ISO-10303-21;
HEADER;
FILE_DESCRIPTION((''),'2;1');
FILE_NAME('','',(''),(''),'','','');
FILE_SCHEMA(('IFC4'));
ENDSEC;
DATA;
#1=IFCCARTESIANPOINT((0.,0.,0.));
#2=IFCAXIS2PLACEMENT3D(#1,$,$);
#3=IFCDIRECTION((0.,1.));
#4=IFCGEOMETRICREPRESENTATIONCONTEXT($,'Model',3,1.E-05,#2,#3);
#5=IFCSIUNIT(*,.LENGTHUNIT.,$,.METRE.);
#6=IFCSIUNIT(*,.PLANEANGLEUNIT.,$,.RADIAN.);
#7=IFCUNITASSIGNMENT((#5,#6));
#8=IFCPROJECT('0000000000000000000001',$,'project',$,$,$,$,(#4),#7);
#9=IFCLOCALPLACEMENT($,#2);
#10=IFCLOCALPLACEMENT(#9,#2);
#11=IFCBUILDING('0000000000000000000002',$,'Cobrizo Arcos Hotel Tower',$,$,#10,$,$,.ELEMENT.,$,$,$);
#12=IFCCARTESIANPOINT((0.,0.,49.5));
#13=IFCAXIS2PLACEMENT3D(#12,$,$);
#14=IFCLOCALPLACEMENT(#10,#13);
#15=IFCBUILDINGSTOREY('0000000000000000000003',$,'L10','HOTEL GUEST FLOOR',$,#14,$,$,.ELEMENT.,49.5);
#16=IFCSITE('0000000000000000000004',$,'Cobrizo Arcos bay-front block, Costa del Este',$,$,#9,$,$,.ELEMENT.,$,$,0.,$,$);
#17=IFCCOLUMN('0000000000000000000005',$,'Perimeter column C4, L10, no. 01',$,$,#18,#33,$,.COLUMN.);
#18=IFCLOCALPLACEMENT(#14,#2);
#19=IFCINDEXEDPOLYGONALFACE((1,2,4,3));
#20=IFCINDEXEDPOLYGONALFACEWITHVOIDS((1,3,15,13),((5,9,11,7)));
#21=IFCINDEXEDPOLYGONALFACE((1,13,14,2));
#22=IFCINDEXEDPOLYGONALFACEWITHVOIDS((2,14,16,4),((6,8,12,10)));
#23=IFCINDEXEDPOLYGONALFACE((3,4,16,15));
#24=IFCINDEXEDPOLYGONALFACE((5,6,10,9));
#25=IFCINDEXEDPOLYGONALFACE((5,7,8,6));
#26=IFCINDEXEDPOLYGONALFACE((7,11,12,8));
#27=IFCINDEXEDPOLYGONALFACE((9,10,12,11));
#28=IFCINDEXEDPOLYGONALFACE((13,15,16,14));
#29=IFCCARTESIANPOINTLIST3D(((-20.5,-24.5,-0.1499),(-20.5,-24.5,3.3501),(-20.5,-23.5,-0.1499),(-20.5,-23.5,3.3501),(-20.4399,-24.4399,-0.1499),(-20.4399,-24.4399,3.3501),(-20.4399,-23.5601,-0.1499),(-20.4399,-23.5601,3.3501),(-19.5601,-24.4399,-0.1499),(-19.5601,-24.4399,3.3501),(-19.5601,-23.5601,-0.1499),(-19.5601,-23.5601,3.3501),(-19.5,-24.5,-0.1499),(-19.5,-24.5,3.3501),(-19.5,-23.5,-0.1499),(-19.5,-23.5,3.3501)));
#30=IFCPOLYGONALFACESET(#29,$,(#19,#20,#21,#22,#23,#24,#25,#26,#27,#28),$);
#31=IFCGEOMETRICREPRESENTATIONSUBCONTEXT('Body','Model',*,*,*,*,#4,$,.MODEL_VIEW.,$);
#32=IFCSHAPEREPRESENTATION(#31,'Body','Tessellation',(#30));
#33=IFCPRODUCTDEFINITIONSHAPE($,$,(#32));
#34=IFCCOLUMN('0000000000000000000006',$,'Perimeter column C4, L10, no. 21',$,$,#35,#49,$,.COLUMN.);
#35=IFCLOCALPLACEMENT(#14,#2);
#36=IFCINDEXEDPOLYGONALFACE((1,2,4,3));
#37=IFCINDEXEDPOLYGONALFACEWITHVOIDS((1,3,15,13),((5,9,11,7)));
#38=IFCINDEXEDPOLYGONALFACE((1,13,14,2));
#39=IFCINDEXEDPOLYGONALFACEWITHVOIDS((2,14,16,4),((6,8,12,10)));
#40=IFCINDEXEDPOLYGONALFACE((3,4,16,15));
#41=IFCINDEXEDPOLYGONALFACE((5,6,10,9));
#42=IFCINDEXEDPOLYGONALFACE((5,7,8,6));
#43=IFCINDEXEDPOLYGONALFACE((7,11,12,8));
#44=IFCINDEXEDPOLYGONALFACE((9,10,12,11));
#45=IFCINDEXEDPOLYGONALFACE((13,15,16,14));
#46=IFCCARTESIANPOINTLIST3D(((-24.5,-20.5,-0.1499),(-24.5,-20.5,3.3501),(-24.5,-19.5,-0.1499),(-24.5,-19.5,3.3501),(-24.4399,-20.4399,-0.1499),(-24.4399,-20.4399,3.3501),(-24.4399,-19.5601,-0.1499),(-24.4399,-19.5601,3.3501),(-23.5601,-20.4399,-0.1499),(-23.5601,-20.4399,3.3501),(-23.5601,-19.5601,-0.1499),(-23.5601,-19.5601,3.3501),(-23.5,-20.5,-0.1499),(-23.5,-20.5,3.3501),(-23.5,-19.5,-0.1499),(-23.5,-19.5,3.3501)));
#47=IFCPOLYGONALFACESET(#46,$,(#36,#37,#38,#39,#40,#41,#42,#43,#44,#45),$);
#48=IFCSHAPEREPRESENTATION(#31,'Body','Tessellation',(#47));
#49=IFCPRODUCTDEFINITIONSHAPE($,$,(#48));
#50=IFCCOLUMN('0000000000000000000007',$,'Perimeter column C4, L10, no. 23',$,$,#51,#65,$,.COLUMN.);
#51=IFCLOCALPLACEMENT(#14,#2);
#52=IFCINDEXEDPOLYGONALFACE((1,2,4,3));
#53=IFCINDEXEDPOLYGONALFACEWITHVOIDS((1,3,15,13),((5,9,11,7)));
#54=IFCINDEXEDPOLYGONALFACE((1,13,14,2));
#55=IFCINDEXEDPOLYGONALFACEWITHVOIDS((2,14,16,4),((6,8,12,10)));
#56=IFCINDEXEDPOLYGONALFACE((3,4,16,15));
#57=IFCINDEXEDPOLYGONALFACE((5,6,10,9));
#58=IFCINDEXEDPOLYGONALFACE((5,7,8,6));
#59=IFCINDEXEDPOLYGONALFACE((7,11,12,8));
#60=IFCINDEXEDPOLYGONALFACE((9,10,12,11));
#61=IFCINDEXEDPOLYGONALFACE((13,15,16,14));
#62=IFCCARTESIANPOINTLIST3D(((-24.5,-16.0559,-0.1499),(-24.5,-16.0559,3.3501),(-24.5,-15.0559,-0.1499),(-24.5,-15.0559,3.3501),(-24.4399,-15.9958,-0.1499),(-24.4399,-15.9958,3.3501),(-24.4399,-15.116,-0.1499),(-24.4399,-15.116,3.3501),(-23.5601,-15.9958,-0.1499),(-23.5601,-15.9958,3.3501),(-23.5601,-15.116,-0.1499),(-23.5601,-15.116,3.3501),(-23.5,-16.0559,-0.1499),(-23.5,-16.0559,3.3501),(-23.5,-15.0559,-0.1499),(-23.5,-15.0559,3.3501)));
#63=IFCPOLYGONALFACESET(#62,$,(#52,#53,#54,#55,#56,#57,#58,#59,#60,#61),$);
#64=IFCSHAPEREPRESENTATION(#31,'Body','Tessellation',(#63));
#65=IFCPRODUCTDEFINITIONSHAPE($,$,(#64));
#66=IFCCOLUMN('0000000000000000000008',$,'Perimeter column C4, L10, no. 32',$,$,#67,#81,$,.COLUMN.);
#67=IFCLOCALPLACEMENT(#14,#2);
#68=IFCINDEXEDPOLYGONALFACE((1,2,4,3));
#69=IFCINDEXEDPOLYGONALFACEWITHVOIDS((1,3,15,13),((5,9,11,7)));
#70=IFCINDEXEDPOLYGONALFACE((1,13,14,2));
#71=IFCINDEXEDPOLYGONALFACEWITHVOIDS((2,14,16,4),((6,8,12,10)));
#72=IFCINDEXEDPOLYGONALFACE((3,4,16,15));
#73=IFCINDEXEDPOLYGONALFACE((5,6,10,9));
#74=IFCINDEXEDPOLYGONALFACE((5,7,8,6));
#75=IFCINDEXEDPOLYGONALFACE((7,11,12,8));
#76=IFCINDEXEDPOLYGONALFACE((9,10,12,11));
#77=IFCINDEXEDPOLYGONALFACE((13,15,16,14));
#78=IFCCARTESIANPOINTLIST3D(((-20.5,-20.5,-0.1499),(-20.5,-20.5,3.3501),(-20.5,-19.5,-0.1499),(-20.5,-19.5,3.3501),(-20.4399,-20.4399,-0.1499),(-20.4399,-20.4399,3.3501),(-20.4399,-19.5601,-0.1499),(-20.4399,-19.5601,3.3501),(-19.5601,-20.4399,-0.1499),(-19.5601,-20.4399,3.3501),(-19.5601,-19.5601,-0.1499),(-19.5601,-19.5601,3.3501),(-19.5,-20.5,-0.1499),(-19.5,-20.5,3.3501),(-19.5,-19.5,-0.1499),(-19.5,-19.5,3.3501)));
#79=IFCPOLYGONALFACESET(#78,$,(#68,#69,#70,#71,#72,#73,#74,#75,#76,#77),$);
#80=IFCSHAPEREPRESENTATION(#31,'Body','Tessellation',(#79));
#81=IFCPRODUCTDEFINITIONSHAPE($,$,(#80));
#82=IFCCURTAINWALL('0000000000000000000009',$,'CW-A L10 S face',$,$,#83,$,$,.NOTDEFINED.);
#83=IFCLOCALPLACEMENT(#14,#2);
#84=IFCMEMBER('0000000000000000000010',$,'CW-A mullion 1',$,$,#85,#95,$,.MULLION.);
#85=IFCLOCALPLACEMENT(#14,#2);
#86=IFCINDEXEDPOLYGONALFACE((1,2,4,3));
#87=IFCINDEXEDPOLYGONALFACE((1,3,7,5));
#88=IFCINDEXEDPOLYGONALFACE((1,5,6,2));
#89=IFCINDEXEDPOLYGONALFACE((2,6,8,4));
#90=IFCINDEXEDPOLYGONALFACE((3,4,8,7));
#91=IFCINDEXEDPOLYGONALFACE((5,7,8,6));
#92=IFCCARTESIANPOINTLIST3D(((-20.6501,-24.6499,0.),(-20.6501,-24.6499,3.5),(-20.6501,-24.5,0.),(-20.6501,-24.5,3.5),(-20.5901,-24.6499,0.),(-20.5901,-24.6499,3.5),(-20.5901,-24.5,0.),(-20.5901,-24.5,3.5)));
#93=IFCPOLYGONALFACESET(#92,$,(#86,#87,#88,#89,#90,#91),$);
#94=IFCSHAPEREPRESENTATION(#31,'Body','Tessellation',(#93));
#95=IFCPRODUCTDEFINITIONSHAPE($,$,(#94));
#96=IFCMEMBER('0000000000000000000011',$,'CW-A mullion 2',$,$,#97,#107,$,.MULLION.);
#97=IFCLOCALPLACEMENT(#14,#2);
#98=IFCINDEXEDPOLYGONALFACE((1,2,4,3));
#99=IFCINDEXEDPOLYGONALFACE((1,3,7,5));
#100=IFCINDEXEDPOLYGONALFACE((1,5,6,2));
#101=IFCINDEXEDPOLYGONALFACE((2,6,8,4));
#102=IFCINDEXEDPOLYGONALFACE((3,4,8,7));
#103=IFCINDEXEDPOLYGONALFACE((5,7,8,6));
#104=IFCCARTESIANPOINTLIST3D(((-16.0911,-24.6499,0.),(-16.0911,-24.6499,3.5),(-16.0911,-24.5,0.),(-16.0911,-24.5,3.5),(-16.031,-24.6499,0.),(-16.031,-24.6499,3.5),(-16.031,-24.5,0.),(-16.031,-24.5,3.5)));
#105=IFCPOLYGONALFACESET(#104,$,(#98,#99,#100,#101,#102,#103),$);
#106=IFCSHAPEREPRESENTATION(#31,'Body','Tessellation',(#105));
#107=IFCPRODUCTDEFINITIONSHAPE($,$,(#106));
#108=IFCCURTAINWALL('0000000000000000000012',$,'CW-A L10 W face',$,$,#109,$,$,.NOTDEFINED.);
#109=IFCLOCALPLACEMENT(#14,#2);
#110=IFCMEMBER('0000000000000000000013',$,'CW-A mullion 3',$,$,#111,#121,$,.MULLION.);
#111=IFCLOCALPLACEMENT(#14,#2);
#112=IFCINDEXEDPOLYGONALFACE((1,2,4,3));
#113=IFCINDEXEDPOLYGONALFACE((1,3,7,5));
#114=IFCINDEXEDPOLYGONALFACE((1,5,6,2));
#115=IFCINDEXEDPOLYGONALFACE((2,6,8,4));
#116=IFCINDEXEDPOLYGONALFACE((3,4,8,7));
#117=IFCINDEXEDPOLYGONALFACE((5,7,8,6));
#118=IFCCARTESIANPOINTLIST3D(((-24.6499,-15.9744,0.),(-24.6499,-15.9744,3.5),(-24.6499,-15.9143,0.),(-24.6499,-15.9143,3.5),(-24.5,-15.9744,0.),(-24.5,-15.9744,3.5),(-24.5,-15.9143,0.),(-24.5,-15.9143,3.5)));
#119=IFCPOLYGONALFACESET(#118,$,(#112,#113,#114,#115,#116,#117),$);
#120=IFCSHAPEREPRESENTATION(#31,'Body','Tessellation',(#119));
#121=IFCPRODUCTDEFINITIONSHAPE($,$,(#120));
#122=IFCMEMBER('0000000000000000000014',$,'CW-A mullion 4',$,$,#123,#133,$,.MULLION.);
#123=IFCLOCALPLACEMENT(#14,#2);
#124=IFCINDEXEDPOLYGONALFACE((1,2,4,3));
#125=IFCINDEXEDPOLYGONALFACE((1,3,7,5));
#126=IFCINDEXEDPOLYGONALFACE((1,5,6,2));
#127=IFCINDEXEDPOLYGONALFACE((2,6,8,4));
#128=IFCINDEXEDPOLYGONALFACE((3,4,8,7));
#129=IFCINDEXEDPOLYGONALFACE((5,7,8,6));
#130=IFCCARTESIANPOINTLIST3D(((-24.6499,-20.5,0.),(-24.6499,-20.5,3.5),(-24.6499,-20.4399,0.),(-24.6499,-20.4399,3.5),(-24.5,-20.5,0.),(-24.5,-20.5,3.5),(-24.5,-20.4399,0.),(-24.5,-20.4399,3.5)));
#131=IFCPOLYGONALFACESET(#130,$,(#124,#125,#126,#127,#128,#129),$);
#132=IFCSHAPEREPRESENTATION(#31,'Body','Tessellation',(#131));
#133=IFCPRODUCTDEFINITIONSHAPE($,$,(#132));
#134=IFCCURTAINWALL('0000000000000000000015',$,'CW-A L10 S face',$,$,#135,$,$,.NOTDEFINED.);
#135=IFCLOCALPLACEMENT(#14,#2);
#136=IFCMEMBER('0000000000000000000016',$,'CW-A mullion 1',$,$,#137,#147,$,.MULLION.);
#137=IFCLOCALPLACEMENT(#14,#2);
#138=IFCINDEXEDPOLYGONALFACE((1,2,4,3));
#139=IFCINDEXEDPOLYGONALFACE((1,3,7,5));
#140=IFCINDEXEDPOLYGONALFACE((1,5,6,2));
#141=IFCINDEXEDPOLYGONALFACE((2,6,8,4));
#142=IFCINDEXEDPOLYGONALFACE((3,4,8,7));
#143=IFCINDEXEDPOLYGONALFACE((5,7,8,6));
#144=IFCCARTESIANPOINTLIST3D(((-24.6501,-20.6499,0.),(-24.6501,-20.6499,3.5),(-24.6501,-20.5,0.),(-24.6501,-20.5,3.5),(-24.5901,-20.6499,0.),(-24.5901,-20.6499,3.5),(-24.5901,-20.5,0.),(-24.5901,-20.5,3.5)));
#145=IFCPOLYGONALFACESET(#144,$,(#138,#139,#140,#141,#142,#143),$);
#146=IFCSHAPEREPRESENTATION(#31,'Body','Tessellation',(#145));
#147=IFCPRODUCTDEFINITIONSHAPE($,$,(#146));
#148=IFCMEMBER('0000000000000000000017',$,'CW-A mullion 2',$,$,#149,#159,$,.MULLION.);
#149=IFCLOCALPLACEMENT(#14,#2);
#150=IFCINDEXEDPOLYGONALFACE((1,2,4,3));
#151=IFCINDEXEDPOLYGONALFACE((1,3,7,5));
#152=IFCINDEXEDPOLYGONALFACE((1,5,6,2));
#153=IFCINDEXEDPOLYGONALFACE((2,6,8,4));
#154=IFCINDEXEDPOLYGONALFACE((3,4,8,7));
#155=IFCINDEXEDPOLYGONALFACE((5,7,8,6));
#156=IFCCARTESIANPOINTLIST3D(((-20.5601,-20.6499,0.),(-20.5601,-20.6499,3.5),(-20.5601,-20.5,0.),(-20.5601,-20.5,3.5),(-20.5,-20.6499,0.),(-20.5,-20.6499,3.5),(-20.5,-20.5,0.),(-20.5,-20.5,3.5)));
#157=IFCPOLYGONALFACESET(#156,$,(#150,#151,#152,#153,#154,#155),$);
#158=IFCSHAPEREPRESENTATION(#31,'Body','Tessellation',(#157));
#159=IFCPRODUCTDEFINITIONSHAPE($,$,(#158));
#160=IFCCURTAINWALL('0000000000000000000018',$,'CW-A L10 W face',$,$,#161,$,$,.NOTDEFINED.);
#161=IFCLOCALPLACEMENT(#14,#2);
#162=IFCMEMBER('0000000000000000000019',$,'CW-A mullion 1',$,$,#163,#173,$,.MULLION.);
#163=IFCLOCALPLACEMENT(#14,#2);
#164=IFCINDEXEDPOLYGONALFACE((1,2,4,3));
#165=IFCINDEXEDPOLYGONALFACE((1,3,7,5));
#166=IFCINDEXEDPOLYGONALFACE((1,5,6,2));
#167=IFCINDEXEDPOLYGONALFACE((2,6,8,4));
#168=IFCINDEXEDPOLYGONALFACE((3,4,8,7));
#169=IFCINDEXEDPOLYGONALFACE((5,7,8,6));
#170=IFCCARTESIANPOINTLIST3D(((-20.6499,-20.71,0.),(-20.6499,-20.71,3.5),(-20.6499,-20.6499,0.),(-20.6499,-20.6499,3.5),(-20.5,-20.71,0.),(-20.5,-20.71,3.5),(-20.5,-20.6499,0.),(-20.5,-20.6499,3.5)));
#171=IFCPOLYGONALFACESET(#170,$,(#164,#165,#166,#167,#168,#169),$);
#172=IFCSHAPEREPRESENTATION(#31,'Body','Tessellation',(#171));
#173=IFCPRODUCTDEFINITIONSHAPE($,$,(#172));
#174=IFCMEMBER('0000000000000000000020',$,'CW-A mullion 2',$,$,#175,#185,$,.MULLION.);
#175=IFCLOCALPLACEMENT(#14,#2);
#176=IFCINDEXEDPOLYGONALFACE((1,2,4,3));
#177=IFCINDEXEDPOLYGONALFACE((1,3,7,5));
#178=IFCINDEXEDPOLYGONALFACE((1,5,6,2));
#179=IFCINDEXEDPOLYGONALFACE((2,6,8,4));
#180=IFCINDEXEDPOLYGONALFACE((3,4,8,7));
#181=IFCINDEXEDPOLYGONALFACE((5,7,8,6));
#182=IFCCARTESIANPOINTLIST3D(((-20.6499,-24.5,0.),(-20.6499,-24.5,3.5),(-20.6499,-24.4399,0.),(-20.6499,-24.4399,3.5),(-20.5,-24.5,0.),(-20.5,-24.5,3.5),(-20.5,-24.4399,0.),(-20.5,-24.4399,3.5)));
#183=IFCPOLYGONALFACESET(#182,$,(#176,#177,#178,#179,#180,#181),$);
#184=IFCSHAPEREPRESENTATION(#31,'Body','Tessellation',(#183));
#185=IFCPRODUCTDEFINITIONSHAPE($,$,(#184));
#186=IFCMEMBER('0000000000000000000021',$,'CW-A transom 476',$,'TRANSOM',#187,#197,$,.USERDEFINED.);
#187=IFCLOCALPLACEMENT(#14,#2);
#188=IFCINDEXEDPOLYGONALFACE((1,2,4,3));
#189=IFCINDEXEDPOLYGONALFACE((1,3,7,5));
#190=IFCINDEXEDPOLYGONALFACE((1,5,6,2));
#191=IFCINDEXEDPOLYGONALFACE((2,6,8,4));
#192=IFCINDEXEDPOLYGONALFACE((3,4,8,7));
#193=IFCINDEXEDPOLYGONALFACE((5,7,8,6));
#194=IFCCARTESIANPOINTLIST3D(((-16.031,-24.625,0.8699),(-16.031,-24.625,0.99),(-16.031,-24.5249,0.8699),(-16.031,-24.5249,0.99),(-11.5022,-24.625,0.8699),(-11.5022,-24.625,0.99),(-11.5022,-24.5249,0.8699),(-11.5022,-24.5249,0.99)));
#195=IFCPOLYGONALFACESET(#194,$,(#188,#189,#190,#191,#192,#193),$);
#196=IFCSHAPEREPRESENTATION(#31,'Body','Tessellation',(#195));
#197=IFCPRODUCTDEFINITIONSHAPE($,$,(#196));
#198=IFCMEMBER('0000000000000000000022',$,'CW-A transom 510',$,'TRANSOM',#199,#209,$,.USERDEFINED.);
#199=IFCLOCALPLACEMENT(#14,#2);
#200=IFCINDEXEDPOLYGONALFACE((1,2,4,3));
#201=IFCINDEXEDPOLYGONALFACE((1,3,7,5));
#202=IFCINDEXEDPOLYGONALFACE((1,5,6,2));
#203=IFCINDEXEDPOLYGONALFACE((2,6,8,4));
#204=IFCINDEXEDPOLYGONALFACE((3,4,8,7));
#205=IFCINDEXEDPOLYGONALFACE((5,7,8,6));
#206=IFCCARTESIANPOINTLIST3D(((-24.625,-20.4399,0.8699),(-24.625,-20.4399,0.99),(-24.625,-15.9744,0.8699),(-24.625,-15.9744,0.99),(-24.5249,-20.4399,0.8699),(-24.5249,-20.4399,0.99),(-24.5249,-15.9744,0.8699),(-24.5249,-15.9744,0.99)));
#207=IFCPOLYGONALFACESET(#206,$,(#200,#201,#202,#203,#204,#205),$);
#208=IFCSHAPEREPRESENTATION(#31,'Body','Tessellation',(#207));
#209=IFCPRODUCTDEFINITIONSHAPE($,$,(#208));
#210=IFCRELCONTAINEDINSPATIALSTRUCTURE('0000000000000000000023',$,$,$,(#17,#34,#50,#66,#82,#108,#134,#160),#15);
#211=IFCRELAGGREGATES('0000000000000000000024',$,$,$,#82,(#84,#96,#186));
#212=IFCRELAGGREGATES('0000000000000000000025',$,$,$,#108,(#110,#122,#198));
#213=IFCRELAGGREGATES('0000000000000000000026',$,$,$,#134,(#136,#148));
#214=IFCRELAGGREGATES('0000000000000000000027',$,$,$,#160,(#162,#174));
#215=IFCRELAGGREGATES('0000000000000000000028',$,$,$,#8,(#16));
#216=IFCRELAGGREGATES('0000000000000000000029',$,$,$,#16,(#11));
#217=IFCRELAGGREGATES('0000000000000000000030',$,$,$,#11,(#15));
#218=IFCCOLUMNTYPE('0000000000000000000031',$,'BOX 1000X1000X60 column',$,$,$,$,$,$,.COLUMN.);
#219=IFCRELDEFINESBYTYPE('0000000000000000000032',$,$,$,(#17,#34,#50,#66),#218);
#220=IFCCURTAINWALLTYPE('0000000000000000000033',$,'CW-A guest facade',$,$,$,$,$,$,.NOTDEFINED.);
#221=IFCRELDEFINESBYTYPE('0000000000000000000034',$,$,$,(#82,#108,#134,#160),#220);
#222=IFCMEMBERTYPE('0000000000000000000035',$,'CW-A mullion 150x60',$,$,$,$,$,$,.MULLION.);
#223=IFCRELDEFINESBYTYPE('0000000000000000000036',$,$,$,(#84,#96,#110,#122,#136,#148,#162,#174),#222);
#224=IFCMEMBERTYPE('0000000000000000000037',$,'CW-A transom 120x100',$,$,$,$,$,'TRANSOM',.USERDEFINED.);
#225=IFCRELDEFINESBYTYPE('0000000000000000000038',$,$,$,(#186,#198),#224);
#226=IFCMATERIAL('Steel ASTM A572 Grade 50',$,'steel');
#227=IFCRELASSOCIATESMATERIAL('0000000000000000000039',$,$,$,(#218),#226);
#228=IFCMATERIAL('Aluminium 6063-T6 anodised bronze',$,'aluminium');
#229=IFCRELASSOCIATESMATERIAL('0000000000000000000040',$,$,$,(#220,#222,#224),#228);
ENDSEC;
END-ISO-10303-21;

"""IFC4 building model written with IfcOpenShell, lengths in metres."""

from ifc_helpers import new_model, si_unit, direction, frame, origin, origin_2d, place, context, subcontext, project, spatial, rectangle, hollow_rectangle, extrude, material, material_profile, profile_set, type_object, element, aggregate, save


model = new_model("IFC4")

# Units and contexts
model_context = context("Model", 3, precision=1e-05, world=origin(), true_north=direction((0.0, 1.0)))
body_context = subcontext(model_context, "Body", "Model", "MODEL_VIEW")
ifc_project = project(units=[si_unit("LENGTHUNIT", "METRE"), si_unit("PLANEANGLEUNIT", "RADIAN")], contexts=[model_context])

# Site, building, storey
site_placement = place(None, origin())
site = spatial("IfcSite", under=ifc_project, at=site_placement, Name="Cobrizo Arcos bay-front block, Costa del Este", CompositionType="ELEMENT", RefElevation=0.0)
building_placement = place(site_placement, origin())
building = spatial("IfcBuilding", under=site, at=building_placement, Name="Cobrizo Arcos Hotel Tower", CompositionType="ELEMENT")
storey_placement = place(building_placement, frame((0.0, 0.0, 49.5)))
storey = spatial("IfcBuildingStorey", under=building, at=storey_placement, Name="L10", Description="HOTEL GUEST FLOOR", CompositionType="ELEMENT", Elevation=49.5)

# Columns
ifc_material_1 = material(Name="Steel ASTM A572 Grade 50", Category="steel")
ifc_material_profile_1 = material_profile(ifc_material_1, hollow_rectangle(XDim=1.0, YDim=1.0, WallThickness=0.0601, at=origin_2d()), Name="BOX 1000X1000X60")
ifc_profile_set_1 = profile_set([ifc_material_profile_1], Name="Steel ASTM A572 Grade 50")
column_type = type_object("IfcColumnType", Name="BOX 1000X1000X60 column", PredefinedType="COLUMN", material=ifc_profile_set_1)
for number, where, z_axis, x_axis, name in (
    (1, (-20.0, -24.0, -0.1499), (0.0, 0.0, 1.0), (1.0, 0.0, 0.0), "Perimeter column C4, L10, no. 01"),
    (2, (-24.0, -20.0, -0.1499), (0.0, 0.0, 1.0), (1.0, 0.0, 0.0), "Perimeter column C4, L10, no. 21"),
    (3, (-24.0, -15.5559, -0.1499), (0.0, 0.0, 1.0), (1.0, 0.0, 0.0), "Perimeter column C4, L10, no. 23"),
    (4, (-20.0, -20.0, -0.1499), (0.0, 0.0, 1.0), (1.0, 0.0, 0.0), "Perimeter column C4, L10, no. 32"),
):
    element("IfcColumn", number, at=place(storey_placement, frame(where, z_axis=z_axis, x_axis=x_axis)), inside=storey, type_object=column_type, Name=name, PredefinedType="COLUMN", context=body_context, shape_type="SweptSolid", body=[
        extrude(hollow_rectangle(XDim=1.0, YDim=1.0, WallThickness=0.0601, at=origin_2d()), origin(), (0.0, 0.0, 1.0), 3.5),
    ])

# Curtain walls, members
ifc_material_2 = material(Name="Aluminium 6063-T6 anodised bronze", Category="aluminium")
curtain_wall_type = type_object("IfcCurtainWallType", Name="CW-A guest facade", PredefinedType="NOTDEFINED", material=ifc_material_2)
curtain_wall_1_placement = place(storey_placement, origin())
curtain_wall_1 = element("IfcCurtainWall", 5, at=curtain_wall_1_placement, inside=storey, type_object=curtain_wall_type, Name="CW-A L10 S face", PredefinedType="NOTDEFINED")
ifc_material_profile_2 = material_profile(ifc_material_2, rectangle(XDim=0.1499, YDim=0.0601, at=origin_2d()), Name="CW-A mullion 150x60")
ifc_profile_set_2 = profile_set([ifc_material_profile_2], Name="Aluminium 6063-T6 anodised bronze")
member_type_1 = type_object("IfcMemberType", Name="CW-A mullion 150x60", PredefinedType="MULLION", material=ifc_profile_set_2)
member_1_placement = place(storey_placement, frame((-20.6201, -24.575, 0.0), z_axis=(0.0, 0.0, 1.0), x_axis=(0.0, -1.0, 0.0)))
member_1 = element("IfcMember", 6, at=member_1_placement, type_object=member_type_1, Name="CW-A mullion 1", PredefinedType="MULLION", context=body_context, shape_type="SweptSolid", body=[
    extrude(rectangle(XDim=0.1499, YDim=0.0601, at=origin_2d()), origin(), (0.0, 0.0, 1.0), 3.5),
])
member_2_placement = place(storey_placement, frame((-16.061, -24.575, 0.0), z_axis=(0.0, 0.0, 1.0), x_axis=(0.0, -1.0, 0.0)))
member_2 = element("IfcMember", 7, at=member_2_placement, type_object=member_type_1, Name="CW-A mullion 2", PredefinedType="MULLION", context=body_context, shape_type="SweptSolid", body=[
    extrude(rectangle(XDim=0.1499, YDim=0.0601, at=origin_2d()), origin(), (0.0, 0.0, 1.0), 3.5),
])
curtain_wall_2_placement = place(storey_placement, origin())
curtain_wall_2 = element("IfcCurtainWall", 8, at=curtain_wall_2_placement, inside=storey, type_object=curtain_wall_type, Name="CW-A L10 W face", PredefinedType="NOTDEFINED")
member_3_placement = place(storey_placement, frame((-24.575, -15.9443, 0.0), z_axis=(0.0, 0.0, 1.0), x_axis=(-1.0, 0.0, 0.0)))
member_3 = element("IfcMember", 9, at=member_3_placement, type_object=member_type_1, Name="CW-A mullion 3", PredefinedType="MULLION", context=body_context, shape_type="SweptSolid", body=[
    extrude(rectangle(XDim=0.1499, YDim=0.0601, at=origin_2d()), origin(), (0.0, 0.0, 1.0), 3.5),
])
member_4_placement = place(storey_placement, frame((-24.575, -20.47, 0.0), z_axis=(0.0, 0.0, 1.0), x_axis=(-1.0, 0.0, 0.0)))
member_4 = element("IfcMember", 10, at=member_4_placement, type_object=member_type_1, Name="CW-A mullion 4", PredefinedType="MULLION", context=body_context, shape_type="SweptSolid", body=[
    extrude(rectangle(XDim=0.1499, YDim=0.0601, at=origin_2d()), origin(), (0.0, 0.0, 1.0), 3.5),
])
curtain_wall_3_placement = place(storey_placement, origin())
curtain_wall_3 = element("IfcCurtainWall", 11, at=curtain_wall_3_placement, inside=storey, type_object=curtain_wall_type, Name="CW-A L10 S face", PredefinedType="NOTDEFINED")
member_5_placement = place(storey_placement, frame((-24.6201, -20.575, 0.0), z_axis=(0.0, 0.0, 1.0), x_axis=(0.0, -1.0, 0.0)))
member_5 = element("IfcMember", 12, at=member_5_placement, type_object=member_type_1, Name="CW-A mullion 1", PredefinedType="MULLION", context=body_context, shape_type="SweptSolid", body=[
    extrude(rectangle(XDim=0.1499, YDim=0.0601, at=origin_2d()), origin(), (0.0, 0.0, 1.0), 3.5),
])
member_6_placement = place(storey_placement, frame((-20.53, -20.575, 0.0), z_axis=(0.0, 0.0, 1.0), x_axis=(0.0, -1.0, 0.0)))
member_6 = element("IfcMember", 13, at=member_6_placement, type_object=member_type_1, Name="CW-A mullion 2", PredefinedType="MULLION", context=body_context, shape_type="SweptSolid", body=[
    extrude(rectangle(XDim=0.1499, YDim=0.0601, at=origin_2d()), origin(), (0.0, 0.0, 1.0), 3.5),
])
curtain_wall_4_placement = place(storey_placement, origin())
curtain_wall_4 = element("IfcCurtainWall", 14, at=curtain_wall_4_placement, inside=storey, type_object=curtain_wall_type, Name="CW-A L10 W face", PredefinedType="NOTDEFINED")
member_7_placement = place(storey_placement, frame((-20.575, -20.6799, 0.0), z_axis=(0.0, 0.0, 1.0), x_axis=(-1.0, 0.0, 0.0)))
member_7 = element("IfcMember", 15, at=member_7_placement, type_object=member_type_1, Name="CW-A mullion 1", PredefinedType="MULLION", context=body_context, shape_type="SweptSolid", body=[
    extrude(rectangle(XDim=0.1499, YDim=0.0601, at=origin_2d()), origin(), (0.0, 0.0, 1.0), 3.5),
])
member_8_placement = place(storey_placement, frame((-20.575, -24.47, 0.0), z_axis=(0.0, 0.0, 1.0), x_axis=(-1.0, 0.0, 0.0)))
member_8 = element("IfcMember", 16, at=member_8_placement, type_object=member_type_1, Name="CW-A mullion 2", PredefinedType="MULLION", context=body_context, shape_type="SweptSolid", body=[
    extrude(rectangle(XDim=0.1499, YDim=0.0601, at=origin_2d()), origin(), (0.0, 0.0, 1.0), 3.5),
])

# Members
ifc_material_profile_3 = material_profile(ifc_material_2, rectangle(XDim=0.1001, YDim=0.1201, at=origin_2d()), Name="CW-A transom 120x100")
ifc_profile_set_3 = profile_set([ifc_material_profile_3], Name="Aluminium 6063-T6 anodised bronze")
member_type_2 = type_object("IfcMemberType", Name="CW-A transom 120x100", ElementType="TRANSOM", PredefinedType="USERDEFINED", material=ifc_profile_set_3)
member_9_placement = place(storey_placement, frame((-16.031, -24.575, 0.9299), z_axis=(1.0, 0.0, 0.0), x_axis=(0.0, 1.0, 0.0)))
member_9 = element("IfcMember", 17, at=member_9_placement, type_object=member_type_2, Name="CW-A transom 476", ObjectType="TRANSOM", PredefinedType="USERDEFINED", context=body_context, shape_type="SweptSolid", body=[
    extrude(rectangle(XDim=0.1001, YDim=0.1201, at=origin_2d()), origin(), (0.0, 0.0, 1.0), 4.5288),
])
member_10_placement = place(storey_placement, frame((-24.575, -15.9744, 0.9299), z_axis=(0.0, -1.0, 0.0), x_axis=(1.0, 0.0, 0.0)))
member_10 = element("IfcMember", 18, at=member_10_placement, type_object=member_type_2, Name="CW-A transom 510", ObjectType="TRANSOM", PredefinedType="USERDEFINED", context=body_context, shape_type="SweptSolid", body=[
    extrude(rectangle(XDim=0.1001, YDim=0.1201, at=origin_2d()), origin(), (0.0, 0.0, 1.0), 4.4656),
])

aggregate(curtain_wall_1, [member_1, member_2, member_9])
aggregate(curtain_wall_2, [member_3, member_4, member_10])
aggregate(curtain_wall_3, [member_5, member_6])
aggregate(curtain_wall_4, [member_7, member_8])

save(model, "model.ifc")
